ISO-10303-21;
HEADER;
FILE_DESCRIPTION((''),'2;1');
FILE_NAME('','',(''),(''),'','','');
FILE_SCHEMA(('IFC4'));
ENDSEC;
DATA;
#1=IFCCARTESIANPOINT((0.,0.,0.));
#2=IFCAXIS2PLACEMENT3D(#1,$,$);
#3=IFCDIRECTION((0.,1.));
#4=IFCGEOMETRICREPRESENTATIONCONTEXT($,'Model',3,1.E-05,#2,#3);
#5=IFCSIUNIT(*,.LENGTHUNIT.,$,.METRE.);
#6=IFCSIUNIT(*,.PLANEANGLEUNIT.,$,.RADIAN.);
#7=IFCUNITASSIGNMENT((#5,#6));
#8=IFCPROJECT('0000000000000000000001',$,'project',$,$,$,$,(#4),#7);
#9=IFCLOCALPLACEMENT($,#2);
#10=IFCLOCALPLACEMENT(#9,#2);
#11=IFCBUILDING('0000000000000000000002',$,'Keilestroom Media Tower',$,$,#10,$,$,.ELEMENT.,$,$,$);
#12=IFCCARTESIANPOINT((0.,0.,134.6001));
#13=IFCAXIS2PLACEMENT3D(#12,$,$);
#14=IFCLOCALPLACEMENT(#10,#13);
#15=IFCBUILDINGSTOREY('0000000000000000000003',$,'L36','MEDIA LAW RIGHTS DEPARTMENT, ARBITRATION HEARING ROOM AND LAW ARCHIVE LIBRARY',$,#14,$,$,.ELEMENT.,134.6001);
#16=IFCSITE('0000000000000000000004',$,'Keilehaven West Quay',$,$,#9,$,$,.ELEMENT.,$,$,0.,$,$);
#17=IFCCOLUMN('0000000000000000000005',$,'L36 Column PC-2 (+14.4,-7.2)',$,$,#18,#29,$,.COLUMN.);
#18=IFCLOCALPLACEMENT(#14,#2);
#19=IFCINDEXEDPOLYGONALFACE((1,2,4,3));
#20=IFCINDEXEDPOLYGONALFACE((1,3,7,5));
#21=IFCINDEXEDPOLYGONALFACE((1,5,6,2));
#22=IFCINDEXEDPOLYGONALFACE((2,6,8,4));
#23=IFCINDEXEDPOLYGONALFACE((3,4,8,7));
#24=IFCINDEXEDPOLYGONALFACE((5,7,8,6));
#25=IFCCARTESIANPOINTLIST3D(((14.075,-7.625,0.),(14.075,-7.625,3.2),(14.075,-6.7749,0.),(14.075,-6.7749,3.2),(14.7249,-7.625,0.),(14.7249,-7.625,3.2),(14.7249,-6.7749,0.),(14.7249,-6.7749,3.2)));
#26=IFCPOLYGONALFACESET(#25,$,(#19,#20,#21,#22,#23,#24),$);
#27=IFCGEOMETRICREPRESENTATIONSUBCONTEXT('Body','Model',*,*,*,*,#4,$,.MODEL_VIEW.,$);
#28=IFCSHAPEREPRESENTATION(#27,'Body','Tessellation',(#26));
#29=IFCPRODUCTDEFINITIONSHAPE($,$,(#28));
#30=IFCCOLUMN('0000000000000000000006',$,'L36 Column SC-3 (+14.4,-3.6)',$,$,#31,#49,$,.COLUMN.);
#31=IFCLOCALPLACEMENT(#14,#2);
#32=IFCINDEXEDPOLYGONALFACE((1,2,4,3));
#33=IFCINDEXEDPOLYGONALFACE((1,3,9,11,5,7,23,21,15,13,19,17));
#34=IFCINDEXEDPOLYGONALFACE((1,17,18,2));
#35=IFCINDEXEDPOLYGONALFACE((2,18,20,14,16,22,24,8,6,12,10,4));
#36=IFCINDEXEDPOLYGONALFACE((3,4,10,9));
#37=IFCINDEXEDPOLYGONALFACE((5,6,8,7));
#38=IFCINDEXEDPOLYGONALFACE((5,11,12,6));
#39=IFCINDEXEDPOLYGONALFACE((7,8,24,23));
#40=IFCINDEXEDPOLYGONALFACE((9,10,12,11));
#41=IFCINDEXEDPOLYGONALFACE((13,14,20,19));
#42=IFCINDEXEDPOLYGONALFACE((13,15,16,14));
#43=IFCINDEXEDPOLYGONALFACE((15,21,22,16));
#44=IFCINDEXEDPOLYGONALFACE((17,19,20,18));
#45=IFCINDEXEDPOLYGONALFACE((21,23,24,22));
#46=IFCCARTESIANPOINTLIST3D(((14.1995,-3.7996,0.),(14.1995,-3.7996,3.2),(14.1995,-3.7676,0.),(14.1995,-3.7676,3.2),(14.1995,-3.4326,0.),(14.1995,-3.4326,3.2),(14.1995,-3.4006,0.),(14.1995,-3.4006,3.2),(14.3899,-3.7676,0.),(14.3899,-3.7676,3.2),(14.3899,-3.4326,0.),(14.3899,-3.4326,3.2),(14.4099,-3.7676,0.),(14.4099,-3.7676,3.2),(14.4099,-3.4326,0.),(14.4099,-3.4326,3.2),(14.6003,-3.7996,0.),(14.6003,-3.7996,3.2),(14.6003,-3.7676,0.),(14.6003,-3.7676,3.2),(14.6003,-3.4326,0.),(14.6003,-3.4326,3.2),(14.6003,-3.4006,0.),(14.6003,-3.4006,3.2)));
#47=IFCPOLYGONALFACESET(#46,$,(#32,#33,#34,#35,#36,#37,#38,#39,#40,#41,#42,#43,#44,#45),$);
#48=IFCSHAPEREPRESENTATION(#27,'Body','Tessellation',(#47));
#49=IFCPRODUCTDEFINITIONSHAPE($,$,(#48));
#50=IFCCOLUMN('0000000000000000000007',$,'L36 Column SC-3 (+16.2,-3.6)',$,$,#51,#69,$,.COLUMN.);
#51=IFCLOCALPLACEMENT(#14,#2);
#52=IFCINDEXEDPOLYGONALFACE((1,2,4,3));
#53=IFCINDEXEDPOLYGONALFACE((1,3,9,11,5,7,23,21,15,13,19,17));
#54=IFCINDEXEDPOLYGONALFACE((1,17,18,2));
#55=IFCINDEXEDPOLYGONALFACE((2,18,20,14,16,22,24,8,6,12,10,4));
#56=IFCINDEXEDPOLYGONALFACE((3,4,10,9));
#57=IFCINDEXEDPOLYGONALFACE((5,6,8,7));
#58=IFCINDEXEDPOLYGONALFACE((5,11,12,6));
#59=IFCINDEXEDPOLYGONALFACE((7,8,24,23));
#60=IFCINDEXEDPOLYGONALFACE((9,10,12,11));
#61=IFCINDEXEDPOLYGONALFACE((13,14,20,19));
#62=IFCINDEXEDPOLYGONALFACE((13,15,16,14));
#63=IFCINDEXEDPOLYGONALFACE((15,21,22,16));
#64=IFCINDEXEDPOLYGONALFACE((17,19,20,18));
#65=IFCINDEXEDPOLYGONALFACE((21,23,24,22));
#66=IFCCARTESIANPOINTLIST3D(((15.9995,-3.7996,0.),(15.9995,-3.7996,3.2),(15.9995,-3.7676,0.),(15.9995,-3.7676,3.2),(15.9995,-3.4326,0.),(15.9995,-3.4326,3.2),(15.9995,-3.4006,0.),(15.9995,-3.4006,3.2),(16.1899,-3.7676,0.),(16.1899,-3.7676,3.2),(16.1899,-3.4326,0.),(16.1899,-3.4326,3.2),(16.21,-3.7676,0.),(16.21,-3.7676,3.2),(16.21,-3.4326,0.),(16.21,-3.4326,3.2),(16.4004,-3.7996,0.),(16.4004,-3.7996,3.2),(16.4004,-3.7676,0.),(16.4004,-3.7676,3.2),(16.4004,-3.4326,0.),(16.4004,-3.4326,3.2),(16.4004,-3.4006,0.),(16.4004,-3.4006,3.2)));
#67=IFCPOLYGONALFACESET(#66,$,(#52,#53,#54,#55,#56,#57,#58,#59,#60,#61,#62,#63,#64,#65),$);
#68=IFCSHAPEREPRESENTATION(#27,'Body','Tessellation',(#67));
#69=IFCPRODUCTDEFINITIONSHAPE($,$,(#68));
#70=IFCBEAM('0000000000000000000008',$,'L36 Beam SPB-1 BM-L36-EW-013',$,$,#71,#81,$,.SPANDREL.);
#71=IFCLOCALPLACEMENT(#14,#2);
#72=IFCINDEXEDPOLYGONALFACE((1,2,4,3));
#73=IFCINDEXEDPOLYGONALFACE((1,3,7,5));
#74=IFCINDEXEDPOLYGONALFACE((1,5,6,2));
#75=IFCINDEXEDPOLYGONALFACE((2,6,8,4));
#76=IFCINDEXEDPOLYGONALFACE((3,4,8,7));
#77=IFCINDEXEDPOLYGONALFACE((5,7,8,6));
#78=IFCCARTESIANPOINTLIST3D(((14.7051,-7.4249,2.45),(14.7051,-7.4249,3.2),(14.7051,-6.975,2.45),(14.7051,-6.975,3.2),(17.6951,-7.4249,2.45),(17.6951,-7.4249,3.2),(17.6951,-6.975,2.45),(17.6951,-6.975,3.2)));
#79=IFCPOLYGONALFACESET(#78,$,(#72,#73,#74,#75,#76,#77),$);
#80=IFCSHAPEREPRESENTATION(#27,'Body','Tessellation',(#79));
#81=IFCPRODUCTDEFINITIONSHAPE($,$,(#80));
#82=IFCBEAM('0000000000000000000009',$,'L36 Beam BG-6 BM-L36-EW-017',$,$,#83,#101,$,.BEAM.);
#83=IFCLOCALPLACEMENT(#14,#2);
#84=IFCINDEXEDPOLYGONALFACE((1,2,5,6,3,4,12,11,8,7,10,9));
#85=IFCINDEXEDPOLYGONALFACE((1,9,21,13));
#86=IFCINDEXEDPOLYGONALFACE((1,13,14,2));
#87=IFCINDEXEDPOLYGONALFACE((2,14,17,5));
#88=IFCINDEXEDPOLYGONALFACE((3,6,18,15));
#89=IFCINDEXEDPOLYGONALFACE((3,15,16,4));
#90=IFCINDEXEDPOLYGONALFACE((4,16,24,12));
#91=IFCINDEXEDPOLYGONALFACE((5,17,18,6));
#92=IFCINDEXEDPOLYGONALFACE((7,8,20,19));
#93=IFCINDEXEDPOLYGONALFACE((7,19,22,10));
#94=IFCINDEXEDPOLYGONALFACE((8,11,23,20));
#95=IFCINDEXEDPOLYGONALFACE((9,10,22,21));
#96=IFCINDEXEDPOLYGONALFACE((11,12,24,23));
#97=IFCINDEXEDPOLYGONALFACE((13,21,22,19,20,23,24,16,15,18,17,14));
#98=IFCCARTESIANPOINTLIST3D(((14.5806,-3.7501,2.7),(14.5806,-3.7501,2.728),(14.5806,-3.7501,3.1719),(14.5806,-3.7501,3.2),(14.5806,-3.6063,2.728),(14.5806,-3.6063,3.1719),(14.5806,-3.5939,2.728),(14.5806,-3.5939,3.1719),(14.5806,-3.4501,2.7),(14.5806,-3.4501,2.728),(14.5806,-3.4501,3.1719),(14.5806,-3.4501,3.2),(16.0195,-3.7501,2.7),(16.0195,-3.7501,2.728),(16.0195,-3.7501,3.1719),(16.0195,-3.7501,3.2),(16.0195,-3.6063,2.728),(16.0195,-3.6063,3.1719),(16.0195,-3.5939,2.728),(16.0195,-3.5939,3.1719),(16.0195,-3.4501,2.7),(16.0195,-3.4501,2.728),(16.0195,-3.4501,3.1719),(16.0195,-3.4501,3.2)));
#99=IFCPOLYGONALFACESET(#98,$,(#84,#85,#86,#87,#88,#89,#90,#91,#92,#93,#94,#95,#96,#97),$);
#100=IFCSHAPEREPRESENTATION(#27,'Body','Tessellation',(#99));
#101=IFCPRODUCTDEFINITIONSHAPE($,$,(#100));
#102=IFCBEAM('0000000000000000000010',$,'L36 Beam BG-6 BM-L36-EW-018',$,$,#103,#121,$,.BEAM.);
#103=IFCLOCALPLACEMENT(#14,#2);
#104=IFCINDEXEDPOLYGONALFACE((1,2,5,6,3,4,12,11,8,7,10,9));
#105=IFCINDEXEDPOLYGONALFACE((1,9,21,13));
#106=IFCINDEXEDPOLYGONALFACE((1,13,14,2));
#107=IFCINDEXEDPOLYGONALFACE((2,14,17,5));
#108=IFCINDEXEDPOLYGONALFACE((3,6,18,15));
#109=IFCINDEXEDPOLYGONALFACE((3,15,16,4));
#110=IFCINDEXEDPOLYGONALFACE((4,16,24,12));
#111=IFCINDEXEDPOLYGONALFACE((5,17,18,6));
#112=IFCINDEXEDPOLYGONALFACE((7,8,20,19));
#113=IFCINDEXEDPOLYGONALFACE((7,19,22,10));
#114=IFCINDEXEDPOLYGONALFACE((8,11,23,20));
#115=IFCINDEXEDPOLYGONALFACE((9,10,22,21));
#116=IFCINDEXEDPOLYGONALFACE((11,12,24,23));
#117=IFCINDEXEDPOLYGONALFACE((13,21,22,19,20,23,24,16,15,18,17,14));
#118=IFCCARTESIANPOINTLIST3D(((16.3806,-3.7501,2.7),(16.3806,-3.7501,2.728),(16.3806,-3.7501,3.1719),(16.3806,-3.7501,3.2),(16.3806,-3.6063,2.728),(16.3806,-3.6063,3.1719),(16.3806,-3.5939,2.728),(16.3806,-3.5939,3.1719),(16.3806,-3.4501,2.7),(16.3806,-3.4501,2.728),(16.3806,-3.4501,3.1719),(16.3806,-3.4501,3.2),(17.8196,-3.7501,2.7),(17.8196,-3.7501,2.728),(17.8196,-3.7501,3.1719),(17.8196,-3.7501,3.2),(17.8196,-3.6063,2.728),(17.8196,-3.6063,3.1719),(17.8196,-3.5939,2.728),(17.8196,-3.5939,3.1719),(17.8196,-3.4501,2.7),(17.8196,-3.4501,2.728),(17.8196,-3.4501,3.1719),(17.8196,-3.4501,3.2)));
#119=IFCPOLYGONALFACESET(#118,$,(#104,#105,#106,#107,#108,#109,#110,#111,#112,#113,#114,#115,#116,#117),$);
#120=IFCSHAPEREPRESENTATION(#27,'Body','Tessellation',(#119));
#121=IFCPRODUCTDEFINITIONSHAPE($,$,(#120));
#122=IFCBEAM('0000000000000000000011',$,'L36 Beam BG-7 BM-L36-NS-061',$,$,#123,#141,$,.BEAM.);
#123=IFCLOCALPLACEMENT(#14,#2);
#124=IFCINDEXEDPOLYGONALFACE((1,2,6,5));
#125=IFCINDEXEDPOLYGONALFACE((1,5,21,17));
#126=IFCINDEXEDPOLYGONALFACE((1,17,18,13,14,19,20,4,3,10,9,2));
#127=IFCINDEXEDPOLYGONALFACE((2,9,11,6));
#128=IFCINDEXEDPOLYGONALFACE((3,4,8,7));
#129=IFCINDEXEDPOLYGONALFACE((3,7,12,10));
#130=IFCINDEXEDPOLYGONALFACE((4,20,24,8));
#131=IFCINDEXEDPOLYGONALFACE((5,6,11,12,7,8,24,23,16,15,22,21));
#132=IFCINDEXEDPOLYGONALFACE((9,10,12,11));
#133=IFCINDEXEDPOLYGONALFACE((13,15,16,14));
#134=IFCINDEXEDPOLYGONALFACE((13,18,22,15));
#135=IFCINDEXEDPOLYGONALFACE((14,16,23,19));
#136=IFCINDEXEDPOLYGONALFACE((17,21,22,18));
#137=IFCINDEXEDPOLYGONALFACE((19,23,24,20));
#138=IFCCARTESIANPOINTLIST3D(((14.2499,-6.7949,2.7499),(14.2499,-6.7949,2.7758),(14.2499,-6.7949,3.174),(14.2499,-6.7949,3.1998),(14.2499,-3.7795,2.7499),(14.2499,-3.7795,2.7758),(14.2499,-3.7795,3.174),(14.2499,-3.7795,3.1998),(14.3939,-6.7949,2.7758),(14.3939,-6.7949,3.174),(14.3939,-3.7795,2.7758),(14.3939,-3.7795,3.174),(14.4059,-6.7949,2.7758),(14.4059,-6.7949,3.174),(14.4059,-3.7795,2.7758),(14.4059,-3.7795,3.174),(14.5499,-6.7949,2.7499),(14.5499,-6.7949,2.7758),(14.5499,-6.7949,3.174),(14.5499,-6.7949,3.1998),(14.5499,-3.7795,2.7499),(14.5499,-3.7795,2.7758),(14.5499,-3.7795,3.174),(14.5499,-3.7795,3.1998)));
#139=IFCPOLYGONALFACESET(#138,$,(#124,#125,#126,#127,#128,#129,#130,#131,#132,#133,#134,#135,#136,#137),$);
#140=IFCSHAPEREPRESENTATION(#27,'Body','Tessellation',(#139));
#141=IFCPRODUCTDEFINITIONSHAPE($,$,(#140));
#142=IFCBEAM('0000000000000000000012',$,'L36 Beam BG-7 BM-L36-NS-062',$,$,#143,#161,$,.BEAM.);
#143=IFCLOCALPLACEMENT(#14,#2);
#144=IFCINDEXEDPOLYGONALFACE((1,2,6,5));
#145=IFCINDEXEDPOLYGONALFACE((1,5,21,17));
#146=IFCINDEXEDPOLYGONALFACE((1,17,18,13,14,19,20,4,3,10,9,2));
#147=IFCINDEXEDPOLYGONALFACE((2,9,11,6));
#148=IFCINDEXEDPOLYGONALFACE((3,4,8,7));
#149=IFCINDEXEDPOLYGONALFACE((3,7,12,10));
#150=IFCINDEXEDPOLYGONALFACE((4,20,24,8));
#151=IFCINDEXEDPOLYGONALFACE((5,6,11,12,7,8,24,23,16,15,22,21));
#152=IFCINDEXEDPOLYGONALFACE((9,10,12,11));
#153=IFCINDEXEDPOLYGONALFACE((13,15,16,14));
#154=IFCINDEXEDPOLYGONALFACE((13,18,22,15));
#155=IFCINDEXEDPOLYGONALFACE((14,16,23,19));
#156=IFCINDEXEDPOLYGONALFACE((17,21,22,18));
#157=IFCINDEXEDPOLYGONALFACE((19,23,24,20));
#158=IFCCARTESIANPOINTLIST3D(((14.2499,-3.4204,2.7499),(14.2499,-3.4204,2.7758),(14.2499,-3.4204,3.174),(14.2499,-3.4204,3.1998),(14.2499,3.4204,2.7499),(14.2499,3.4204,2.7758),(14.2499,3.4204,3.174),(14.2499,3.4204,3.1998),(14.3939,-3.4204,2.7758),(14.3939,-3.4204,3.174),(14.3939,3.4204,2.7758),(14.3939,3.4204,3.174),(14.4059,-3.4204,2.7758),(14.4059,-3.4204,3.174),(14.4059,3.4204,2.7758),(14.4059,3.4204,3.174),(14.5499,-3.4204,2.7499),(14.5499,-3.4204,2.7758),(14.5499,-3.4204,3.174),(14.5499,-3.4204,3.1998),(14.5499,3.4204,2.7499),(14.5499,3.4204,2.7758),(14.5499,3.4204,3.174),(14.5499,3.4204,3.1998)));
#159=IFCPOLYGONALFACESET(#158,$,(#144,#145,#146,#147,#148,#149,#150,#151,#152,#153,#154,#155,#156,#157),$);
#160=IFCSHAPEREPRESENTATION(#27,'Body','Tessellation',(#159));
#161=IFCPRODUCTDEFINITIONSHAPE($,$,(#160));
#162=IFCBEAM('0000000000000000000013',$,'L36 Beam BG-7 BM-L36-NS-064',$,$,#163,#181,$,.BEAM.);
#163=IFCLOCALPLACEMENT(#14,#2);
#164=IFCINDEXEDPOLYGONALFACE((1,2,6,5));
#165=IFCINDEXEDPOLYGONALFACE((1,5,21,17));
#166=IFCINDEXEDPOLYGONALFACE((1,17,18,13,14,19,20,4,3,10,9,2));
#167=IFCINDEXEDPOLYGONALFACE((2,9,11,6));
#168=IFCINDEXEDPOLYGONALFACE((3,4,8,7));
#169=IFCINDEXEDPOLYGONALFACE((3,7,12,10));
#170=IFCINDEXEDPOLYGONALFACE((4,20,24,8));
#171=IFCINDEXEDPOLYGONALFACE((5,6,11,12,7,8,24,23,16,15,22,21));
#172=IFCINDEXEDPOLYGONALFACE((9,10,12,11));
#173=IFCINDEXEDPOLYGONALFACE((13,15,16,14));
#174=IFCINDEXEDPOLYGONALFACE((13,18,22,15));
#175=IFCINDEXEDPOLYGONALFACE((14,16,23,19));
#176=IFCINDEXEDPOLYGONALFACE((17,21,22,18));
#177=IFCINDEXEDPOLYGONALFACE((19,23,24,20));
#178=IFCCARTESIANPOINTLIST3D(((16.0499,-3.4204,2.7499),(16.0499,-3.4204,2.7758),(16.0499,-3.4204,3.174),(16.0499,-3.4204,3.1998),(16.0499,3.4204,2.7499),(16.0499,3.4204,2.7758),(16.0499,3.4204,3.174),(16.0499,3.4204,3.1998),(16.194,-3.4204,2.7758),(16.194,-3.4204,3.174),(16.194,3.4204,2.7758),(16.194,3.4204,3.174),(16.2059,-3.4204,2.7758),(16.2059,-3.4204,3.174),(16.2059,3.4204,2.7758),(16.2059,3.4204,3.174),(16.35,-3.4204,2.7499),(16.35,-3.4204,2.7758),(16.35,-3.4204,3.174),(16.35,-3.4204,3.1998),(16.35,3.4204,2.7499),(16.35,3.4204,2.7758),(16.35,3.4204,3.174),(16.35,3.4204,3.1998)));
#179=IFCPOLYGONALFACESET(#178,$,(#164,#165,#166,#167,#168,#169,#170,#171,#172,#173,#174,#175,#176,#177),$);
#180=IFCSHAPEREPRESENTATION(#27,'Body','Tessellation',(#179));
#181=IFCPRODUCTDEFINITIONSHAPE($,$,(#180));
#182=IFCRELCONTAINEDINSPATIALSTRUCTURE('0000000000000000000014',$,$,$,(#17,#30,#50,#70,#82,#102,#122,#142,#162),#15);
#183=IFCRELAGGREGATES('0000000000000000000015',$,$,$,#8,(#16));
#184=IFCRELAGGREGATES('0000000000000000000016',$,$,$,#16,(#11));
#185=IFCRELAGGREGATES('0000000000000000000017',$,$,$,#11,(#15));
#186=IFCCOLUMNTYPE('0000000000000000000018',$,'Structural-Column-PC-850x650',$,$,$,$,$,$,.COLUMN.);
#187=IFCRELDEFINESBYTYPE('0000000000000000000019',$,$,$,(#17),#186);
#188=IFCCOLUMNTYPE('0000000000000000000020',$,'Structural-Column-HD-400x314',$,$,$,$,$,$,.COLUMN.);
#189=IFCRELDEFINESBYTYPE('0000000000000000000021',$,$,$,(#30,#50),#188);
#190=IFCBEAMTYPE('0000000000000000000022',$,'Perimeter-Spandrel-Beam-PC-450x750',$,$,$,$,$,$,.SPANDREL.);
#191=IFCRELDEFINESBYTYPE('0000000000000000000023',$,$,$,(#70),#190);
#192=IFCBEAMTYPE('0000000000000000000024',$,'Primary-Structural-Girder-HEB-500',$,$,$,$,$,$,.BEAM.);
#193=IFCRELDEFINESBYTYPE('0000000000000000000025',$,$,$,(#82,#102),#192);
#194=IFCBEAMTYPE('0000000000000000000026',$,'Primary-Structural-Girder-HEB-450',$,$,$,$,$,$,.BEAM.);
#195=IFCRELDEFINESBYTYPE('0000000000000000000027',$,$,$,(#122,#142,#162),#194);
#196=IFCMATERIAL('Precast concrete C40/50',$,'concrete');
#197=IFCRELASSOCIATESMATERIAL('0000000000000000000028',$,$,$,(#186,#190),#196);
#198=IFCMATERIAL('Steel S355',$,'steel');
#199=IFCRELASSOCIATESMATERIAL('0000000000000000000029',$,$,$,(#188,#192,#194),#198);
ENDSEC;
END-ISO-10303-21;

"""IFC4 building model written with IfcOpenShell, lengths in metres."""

from ifc_helpers import new_model, si_unit, direction, frame, origin, origin_2d, place, context, subcontext, project, spatial, rectangle, i_section, extrude, source, transform, mapped, material, material_profile, profile_set, type_object, element, save


model = new_model("IFC4")

# Units and contexts
model_context = context("Model", 3, precision=1e-05, world=origin(), true_north=direction((0.0, 1.0)))
body_context = subcontext(model_context, "Body", "Model", "MODEL_VIEW")
ifc_project = project(units=[si_unit("LENGTHUNIT", "METRE"), si_unit("PLANEANGLEUNIT", "RADIAN")], contexts=[model_context])

# Site, building, storey
site_placement = place(None, origin())
site = spatial("IfcSite", under=ifc_project, at=site_placement, Name="Keilehaven West Quay", CompositionType="ELEMENT", RefElevation=0.0)
building_placement = place(site_placement, origin())
building = spatial("IfcBuilding", under=site, at=building_placement, Name="Keilestroom Media Tower", CompositionType="ELEMENT")
storey_placement = place(building_placement, frame((0.0, 0.0, 134.6001)))
storey = spatial("IfcBuildingStorey", under=building, at=storey_placement, Name="L36", Description="MEDIA LAW RIGHTS DEPARTMENT, ARBITRATION HEARING ROOM AND LAW ARCHIVE LIBRARY", CompositionType="ELEMENT", Elevation=134.6001)

# Columns
ifc_material_1 = material(Name="Precast concrete C40/50", Category="concrete")
ifc_material_profile_1 = material_profile(ifc_material_1, rectangle(XDim=0.6499, YDim=0.8501, at=origin_2d()), Name="PC 850x650")
ifc_profile_set_1 = profile_set([ifc_material_profile_1], Name="Precast concrete C40/50")
column_type_1 = type_object("IfcColumnType", Name="Structural-Column-PC-850x650", PredefinedType="COLUMN", material=ifc_profile_set_1)
shared_shape_1 = source(origin(), body_context, "Body", "SweptSolid", [
    extrude(rectangle(XDim=0.6499, YDim=0.8501, at=origin_2d()), origin(), (0.0, 0.0, 1.0), 3.2),
])
column_placement = place(storey_placement, frame((14.3999, -7.2, 0.0), z_axis=(0.0, 0.0, 1.0), x_axis=(1.0, 0.0, 0.0)))
element("IfcColumn", 1, at=column_placement, inside=storey, type_object=column_type_1, Name="L36 Column PC-2 (+14.4,-7.2)", PredefinedType="COLUMN", context=body_context, shape_type="MappedRepresentation", body=[
    mapped(shared_shape_1, transform((0.0, 0.0, 0.0), x_axis=(1.0, 0.0, 0.0), y_axis=(0.0, 1.0, 0.0), z_axis=(0.0, 0.0, 1.0), scale=1.0)),
])
ifc_material_2 = material(Name="Steel S355", Category="steel")
ifc_material_profile_2 = material_profile(ifc_material_2, i_section(OverallWidth=0.4009, OverallDepth=0.3989, WebThickness=0.02, FlangeThickness=0.032, at=origin_2d()), Name="HD 400x314")
ifc_profile_set_2 = profile_set([ifc_material_profile_2], Name="Steel S355")
column_type_2 = type_object("IfcColumnType", Name="Structural-Column-HD-400x314", PredefinedType="COLUMN", material=ifc_profile_set_2)
shared_shape_2 = source(origin(), body_context, "Body", "SweptSolid", [
    extrude(i_section(OverallWidth=0.4009, OverallDepth=0.3989, WebThickness=0.02, FlangeThickness=0.032, at=origin_2d()), origin(), (0.0, 0.0, 1.0), 3.2),
])
for number, where, z_axis, x_axis, name in (
    (2, (14.3999, -3.6001, 0.0), (0.0, 0.0, 1.0), (1.0, 0.0, 0.0), "L36 Column SC-3 (+14.4,-3.6)"),
    (3, (16.2, -3.6001, 0.0), (0.0, 0.0, 1.0), (1.0, 0.0, 0.0), "L36 Column SC-3 (+16.2,-3.6)"),
):
    element("IfcColumn", number, at=place(storey_placement, frame(where, z_axis=z_axis, x_axis=x_axis)), inside=storey, type_object=column_type_2, Name=name, PredefinedType="COLUMN", context=body_context, shape_type="MappedRepresentation", body=[
        mapped(shared_shape_2, transform((0.0, 0.0, 0.0), x_axis=(1.0, 0.0, 0.0), y_axis=(0.0, 1.0, 0.0), z_axis=(0.0, 0.0, 1.0), scale=1.0)),
    ])

# Beams
ifc_material_profile_3 = material_profile(ifc_material_1, rectangle(XDim=0.45, YDim=0.75, at=origin_2d()), Name="PC 450x750")
ifc_profile_set_3 = profile_set([ifc_material_profile_3], Name="Precast concrete C40/50")
beam_type_1 = type_object("IfcBeamType", Name="Perimeter-Spandrel-Beam-PC-450x750", PredefinedType="SPANDREL", material=ifc_profile_set_3)
shared_shape_3 = source(origin(), body_context, "Body", "SweptSolid", [
    extrude(rectangle(XDim=0.45, YDim=0.75, at=origin_2d()), origin(), (0.0, 0.0, 1.0), 2.99),
])
beam_1_placement = place(storey_placement, frame((14.7051, -7.2, 2.825), z_axis=(1.0, 0.0, 0.0), x_axis=(0.0, 1.0, 0.0)))
element("IfcBeam", 4, at=beam_1_placement, inside=storey, type_object=beam_type_1, Name="L36 Beam SPB-1 BM-L36-EW-013", PredefinedType="SPANDREL", context=body_context, shape_type="MappedRepresentation", body=[
    mapped(shared_shape_3, transform((0.0, 0.0, 0.0), x_axis=(1.0, 0.0, 0.0), y_axis=(0.0, 1.0, 0.0), z_axis=(0.0, 0.0, 1.0), scale=1.0)),
])
ifc_material_profile_4 = material_profile(ifc_material_2, i_section(OverallWidth=0.3, OverallDepth=0.5, WebThickness=0.0125, FlangeThickness=0.0281, at=origin_2d()), Name="HEB 500")
ifc_profile_set_4 = profile_set([ifc_material_profile_4], Name="Steel S355")
beam_type_2 = type_object("IfcBeamType", Name="Primary-Structural-Girder-HEB-500", PredefinedType="BEAM", material=ifc_profile_set_4)
shared_shape_4 = source(origin(), body_context, "Body", "SweptSolid", [
    extrude(i_section(OverallWidth=0.3, OverallDepth=0.5, WebThickness=0.0125, FlangeThickness=0.0281, at=origin_2d()), origin(), (0.0, 0.0, 1.0), 1.439),
])
for number, where, z_axis, x_axis, name in (
    (5, (14.5806, -3.6001, 2.95), (1.0, 0.0, 0.0), (0.0, 1.0, 0.0), "L36 Beam BG-6 BM-L36-EW-017"),
    (6, (16.3806, -3.6001, 2.95), (1.0, 0.0, 0.0), (0.0, 1.0, 0.0), "L36 Beam BG-6 BM-L36-EW-018"),
):
    element("IfcBeam", number, at=place(storey_placement, frame(where, z_axis=z_axis, x_axis=x_axis)), inside=storey, type_object=beam_type_2, Name=name, PredefinedType="BEAM", context=body_context, shape_type="MappedRepresentation", body=[
        mapped(shared_shape_4, transform((0.0, 0.0, 0.0), x_axis=(1.0, 0.0, 0.0), y_axis=(0.0, 1.0, 0.0), z_axis=(0.0, 0.0, 1.0), scale=1.0)),
    ])
ifc_material_profile_5 = material_profile(ifc_material_2, i_section(OverallWidth=0.3, OverallDepth=0.45, WebThickness=0.012, FlangeThickness=0.0259, at=origin_2d()), Name="HEB 450")
ifc_profile_set_5 = profile_set([ifc_material_profile_5], Name="Steel S355")
beam_type_3 = type_object("IfcBeamType", Name="Primary-Structural-Girder-HEB-450", PredefinedType="BEAM", material=ifc_profile_set_5)
shared_shape_5 = source(origin(), body_context, "Body", "SweptSolid", [
    extrude(i_section(OverallWidth=0.3, OverallDepth=0.45, WebThickness=0.012, FlangeThickness=0.0259, at=origin_2d()), origin(), (0.0, 0.0, 1.0), 3.0154),
])
beam_2_placement = place(storey_placement, frame((14.3999, -6.7949, 2.9749), z_axis=(0.0, 1.0, 0.0), x_axis=(-1.0, 0.0, 0.0)))
element("IfcBeam", 7, at=beam_2_placement, inside=storey, type_object=beam_type_3, Name="L36 Beam BG-7 BM-L36-NS-061", PredefinedType="BEAM", context=body_context, shape_type="MappedRepresentation", body=[
    mapped(shared_shape_5, transform((0.0, 0.0, 0.0), x_axis=(1.0, 0.0, 0.0), y_axis=(0.0, 1.0, 0.0), z_axis=(0.0, 0.0, 1.0), scale=1.0)),
])
shared_shape_6 = source(origin(), body_context, "Body", "SweptSolid", [
    extrude(i_section(OverallWidth=0.3, OverallDepth=0.45, WebThickness=0.012, FlangeThickness=0.0259, at=origin_2d()), origin(), (0.0, 0.0, 1.0), 6.8408),
])
for number, where, z_axis, x_axis, name in (
    (8, (14.3999, -3.4204, 2.9749), (0.0, 1.0, 0.0), (-1.0, 0.0, 0.0), "L36 Beam BG-7 BM-L36-NS-062"),
    (9, (16.2, -3.4204, 2.9749), (0.0, 1.0, 0.0), (-1.0, 0.0, 0.0), "L36 Beam BG-7 BM-L36-NS-064"),
):
    element("IfcBeam", number, at=place(storey_placement, frame(where, z_axis=z_axis, x_axis=x_axis)), inside=storey, type_object=beam_type_3, Name=name, PredefinedType="BEAM", context=body_context, shape_type="MappedRepresentation", body=[
        mapped(shared_shape_6, transform((0.0, 0.0, 0.0), x_axis=(1.0, 0.0, 0.0), y_axis=(0.0, 1.0, 0.0), z_axis=(0.0, 0.0, 1.0), scale=1.0)),
    ])

save(model, "model.ifc")
